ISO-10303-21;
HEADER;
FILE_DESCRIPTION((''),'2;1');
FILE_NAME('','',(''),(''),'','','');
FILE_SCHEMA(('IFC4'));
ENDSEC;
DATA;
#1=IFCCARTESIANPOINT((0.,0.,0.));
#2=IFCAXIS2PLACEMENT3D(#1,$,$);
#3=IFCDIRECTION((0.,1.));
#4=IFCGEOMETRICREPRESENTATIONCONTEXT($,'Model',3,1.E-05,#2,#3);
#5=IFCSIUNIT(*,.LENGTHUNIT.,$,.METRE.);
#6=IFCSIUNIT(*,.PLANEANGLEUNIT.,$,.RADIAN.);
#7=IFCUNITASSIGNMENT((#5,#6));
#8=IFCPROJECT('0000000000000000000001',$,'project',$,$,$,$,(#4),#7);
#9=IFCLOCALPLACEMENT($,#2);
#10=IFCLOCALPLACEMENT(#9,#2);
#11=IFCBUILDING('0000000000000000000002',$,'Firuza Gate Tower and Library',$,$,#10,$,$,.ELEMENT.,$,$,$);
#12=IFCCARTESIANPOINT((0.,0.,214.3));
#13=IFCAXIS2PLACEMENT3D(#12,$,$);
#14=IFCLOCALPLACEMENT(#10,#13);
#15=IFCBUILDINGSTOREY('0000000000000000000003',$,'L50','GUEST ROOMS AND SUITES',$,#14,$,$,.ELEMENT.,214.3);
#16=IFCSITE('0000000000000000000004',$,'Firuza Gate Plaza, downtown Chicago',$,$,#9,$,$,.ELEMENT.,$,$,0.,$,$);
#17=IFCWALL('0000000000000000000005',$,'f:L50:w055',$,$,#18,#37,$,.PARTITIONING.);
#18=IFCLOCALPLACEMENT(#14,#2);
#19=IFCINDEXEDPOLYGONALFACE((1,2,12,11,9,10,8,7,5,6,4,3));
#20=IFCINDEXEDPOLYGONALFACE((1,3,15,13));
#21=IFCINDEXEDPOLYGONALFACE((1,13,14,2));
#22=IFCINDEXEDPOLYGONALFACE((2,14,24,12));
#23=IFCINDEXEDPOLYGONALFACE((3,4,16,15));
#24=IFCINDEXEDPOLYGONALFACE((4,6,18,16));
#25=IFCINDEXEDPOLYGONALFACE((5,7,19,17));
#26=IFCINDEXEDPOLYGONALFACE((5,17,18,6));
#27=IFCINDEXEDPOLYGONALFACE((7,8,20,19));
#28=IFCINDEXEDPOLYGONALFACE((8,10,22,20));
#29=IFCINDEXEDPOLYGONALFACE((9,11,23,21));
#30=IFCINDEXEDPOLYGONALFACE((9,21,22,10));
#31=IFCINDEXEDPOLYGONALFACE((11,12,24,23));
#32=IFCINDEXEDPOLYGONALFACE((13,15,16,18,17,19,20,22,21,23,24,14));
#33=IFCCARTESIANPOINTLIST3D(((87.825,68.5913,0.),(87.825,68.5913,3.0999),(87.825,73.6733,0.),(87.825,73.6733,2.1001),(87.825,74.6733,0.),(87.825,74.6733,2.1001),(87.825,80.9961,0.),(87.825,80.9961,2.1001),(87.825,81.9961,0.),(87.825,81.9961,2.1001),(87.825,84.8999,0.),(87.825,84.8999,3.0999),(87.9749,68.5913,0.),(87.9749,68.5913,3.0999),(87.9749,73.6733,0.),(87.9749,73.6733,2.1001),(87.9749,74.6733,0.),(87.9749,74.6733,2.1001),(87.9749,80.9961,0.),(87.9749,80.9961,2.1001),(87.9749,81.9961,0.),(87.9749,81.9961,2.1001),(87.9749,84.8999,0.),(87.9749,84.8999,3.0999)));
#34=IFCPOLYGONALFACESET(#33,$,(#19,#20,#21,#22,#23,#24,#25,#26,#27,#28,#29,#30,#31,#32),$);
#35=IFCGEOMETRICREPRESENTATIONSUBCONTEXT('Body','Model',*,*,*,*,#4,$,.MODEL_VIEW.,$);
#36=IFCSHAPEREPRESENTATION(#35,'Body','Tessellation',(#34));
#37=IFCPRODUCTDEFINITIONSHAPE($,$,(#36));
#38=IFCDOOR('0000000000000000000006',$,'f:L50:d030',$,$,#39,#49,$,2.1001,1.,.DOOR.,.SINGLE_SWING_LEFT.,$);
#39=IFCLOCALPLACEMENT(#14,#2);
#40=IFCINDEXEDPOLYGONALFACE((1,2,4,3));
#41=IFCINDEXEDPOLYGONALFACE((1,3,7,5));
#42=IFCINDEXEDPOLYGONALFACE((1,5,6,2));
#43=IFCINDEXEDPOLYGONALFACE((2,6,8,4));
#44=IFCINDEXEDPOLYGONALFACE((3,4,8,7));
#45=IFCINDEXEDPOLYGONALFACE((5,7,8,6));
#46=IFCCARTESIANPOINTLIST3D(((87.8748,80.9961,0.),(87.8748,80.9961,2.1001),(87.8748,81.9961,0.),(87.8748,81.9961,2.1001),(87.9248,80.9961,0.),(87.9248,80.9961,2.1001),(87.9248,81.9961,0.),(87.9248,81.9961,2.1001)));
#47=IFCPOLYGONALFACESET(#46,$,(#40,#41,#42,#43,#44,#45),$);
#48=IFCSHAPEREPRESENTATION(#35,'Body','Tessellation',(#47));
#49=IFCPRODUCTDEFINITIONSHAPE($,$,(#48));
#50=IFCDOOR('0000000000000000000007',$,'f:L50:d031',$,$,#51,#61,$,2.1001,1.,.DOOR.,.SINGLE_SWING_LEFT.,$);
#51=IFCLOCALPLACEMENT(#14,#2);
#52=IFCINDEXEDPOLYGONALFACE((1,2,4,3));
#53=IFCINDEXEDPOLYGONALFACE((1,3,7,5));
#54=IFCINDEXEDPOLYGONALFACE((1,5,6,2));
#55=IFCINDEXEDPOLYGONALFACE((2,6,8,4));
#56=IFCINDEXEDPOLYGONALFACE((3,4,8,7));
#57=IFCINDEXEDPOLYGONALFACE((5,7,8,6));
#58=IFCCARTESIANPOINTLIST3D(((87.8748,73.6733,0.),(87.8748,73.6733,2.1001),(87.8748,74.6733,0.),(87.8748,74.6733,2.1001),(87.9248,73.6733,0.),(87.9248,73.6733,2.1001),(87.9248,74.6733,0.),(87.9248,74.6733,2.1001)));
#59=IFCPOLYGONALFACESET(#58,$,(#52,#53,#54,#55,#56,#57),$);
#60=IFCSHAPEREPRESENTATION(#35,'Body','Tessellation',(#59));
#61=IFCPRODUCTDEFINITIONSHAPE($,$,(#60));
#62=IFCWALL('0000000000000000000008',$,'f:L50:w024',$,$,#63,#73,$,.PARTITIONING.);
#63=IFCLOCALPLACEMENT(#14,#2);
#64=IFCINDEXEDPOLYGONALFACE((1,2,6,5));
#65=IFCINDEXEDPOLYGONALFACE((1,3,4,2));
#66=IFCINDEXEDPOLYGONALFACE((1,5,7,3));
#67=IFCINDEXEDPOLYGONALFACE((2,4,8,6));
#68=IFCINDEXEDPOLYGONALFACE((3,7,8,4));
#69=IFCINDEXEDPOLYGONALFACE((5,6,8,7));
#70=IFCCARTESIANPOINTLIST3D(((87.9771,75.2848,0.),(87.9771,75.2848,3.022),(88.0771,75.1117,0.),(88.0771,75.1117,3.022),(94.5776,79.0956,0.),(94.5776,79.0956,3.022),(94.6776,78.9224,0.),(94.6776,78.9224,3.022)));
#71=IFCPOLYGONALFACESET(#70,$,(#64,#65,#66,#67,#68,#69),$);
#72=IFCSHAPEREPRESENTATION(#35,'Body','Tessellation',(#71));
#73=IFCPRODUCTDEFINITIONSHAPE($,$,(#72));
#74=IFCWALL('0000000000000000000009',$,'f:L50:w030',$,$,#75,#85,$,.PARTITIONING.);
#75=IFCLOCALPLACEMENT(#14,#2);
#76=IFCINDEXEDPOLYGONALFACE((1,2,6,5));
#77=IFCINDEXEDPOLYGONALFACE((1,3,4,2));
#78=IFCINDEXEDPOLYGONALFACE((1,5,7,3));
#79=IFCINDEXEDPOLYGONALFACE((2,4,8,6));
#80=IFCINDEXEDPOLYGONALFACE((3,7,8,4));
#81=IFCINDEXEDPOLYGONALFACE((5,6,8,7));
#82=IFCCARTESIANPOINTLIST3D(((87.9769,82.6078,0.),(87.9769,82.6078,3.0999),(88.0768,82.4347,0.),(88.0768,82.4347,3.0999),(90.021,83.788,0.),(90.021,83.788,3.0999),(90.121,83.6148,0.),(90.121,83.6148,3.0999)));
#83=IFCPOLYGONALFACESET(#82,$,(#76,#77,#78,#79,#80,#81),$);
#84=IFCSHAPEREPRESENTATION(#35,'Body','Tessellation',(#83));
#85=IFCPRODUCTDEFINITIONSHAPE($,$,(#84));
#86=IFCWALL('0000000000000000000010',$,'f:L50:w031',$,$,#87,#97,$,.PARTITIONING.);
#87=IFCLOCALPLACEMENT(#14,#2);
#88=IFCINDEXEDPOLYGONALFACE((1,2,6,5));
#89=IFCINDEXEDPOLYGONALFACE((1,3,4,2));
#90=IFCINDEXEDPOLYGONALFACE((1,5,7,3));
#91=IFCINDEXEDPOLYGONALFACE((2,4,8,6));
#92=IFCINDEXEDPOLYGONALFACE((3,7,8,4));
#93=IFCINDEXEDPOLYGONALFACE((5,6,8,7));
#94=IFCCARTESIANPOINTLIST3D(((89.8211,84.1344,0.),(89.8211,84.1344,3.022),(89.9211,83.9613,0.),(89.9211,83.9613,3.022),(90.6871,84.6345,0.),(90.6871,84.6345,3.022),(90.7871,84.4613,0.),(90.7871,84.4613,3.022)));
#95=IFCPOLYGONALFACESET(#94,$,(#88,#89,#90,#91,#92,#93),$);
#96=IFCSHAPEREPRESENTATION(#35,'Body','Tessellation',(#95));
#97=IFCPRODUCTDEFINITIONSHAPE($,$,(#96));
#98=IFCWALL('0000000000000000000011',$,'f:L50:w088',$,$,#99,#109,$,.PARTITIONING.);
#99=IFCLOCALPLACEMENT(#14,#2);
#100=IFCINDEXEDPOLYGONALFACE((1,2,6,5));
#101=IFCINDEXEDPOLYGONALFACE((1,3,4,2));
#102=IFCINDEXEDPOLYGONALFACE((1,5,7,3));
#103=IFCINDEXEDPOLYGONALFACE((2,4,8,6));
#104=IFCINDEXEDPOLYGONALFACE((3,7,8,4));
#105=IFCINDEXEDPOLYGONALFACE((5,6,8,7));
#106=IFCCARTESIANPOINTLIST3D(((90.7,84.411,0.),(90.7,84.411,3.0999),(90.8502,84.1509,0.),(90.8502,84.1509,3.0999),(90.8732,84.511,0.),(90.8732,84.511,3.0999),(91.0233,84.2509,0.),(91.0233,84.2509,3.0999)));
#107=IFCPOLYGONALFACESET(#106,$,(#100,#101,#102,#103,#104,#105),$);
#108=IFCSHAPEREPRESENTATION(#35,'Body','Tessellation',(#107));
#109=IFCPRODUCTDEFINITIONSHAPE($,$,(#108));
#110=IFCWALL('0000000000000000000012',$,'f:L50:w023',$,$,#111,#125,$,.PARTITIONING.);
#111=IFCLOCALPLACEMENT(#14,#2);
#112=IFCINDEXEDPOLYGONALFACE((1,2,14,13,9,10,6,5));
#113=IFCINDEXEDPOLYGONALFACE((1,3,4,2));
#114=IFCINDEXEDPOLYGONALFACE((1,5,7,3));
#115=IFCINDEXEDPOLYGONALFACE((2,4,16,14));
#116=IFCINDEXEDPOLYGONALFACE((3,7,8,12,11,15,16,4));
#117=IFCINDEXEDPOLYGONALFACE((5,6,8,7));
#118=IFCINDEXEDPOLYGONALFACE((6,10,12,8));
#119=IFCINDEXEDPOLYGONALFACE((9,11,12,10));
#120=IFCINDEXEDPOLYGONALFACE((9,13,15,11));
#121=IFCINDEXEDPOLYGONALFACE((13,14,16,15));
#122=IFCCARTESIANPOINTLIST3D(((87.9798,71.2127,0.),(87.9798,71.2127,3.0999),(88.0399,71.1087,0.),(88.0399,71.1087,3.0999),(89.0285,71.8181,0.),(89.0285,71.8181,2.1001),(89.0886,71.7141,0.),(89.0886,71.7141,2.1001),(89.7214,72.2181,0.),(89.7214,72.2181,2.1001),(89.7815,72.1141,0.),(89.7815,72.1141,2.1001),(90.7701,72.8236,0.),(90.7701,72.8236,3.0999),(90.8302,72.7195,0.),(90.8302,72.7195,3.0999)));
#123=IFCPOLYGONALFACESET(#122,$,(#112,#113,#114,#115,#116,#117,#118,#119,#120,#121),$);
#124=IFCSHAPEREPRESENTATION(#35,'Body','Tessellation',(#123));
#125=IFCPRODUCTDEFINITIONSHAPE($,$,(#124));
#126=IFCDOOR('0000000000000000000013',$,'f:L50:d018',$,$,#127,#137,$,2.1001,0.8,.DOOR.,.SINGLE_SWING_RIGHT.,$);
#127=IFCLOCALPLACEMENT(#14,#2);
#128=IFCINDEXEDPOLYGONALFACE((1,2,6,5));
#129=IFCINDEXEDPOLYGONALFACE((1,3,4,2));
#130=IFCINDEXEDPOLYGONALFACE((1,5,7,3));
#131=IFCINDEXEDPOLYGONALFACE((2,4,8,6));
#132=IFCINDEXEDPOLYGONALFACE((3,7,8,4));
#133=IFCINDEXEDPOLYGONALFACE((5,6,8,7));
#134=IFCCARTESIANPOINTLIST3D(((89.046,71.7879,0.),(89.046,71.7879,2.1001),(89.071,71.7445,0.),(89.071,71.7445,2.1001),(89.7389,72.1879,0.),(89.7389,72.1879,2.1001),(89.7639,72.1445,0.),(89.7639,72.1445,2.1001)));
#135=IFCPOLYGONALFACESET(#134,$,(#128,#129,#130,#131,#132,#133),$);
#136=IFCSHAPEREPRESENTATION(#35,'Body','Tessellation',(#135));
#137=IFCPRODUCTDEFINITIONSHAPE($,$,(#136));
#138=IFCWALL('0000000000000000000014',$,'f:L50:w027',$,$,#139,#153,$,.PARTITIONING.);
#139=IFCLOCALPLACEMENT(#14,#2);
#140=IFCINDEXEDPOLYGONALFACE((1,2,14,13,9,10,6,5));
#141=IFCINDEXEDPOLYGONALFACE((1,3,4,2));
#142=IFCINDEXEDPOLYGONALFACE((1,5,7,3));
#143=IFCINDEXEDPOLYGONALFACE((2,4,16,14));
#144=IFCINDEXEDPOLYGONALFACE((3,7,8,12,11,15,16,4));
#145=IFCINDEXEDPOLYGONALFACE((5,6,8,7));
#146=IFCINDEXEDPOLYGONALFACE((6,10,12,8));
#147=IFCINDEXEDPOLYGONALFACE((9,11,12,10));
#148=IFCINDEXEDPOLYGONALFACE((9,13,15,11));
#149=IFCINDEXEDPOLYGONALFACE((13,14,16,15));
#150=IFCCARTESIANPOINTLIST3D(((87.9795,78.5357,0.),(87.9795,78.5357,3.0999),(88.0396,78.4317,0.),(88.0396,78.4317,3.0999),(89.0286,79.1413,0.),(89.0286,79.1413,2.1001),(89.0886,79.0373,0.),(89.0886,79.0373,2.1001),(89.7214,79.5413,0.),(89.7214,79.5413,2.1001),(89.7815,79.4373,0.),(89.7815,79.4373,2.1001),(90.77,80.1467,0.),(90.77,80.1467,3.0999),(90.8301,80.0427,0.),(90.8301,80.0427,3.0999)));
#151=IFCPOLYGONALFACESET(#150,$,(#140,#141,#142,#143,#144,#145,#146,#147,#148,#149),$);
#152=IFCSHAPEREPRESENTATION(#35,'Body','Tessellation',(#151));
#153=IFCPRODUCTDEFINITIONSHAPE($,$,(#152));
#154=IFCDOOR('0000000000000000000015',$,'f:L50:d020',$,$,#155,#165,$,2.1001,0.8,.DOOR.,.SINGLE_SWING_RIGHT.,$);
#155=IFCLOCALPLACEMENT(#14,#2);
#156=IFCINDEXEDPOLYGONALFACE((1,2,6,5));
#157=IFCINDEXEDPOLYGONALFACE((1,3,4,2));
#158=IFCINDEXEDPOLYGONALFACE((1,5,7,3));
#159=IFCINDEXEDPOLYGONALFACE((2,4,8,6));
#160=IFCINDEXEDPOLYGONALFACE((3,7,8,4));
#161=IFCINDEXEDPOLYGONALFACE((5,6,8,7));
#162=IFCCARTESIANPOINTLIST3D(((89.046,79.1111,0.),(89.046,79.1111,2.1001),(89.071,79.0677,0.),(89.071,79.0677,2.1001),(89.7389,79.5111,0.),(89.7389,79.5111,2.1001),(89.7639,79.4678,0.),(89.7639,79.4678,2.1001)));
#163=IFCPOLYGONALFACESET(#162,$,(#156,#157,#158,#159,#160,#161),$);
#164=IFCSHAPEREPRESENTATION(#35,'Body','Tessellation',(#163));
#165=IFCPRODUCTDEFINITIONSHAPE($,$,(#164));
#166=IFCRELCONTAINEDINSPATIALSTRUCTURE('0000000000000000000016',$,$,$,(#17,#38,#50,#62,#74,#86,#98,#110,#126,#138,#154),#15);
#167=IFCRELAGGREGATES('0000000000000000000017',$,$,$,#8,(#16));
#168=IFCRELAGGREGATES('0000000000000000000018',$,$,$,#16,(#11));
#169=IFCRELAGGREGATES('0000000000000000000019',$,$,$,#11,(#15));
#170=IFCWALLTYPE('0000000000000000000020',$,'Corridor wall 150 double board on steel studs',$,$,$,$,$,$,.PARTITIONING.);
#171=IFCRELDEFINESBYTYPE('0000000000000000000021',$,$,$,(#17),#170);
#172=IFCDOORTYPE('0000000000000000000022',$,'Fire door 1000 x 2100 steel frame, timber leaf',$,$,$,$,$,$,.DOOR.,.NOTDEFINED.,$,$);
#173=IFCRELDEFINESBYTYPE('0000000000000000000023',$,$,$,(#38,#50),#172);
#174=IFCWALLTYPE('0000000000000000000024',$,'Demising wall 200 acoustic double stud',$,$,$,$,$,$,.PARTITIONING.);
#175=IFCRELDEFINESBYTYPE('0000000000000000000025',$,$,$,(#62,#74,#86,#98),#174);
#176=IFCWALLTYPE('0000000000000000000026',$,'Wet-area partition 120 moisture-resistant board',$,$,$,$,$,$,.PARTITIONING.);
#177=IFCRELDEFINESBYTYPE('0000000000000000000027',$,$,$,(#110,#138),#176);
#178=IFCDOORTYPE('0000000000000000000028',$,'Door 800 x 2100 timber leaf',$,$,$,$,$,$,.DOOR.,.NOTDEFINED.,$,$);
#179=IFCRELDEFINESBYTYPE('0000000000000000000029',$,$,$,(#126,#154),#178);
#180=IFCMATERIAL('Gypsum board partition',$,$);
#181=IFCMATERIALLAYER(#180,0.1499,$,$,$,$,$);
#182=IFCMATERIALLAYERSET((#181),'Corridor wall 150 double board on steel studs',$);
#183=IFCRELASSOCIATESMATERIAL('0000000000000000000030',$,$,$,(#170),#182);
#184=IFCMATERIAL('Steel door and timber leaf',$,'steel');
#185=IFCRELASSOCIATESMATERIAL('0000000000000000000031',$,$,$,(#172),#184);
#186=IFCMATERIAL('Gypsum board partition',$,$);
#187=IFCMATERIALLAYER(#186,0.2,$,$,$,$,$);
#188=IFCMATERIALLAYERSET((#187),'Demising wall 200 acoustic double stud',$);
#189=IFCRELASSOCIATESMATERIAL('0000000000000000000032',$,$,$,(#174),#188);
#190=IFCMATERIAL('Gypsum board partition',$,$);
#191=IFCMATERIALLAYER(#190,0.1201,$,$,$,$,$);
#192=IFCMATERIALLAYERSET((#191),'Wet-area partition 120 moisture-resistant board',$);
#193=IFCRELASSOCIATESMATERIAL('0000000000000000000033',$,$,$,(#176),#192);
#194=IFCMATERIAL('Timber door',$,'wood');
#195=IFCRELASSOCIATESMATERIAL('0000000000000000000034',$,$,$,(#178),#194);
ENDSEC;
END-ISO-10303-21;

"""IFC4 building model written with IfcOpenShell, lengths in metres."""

from ifc_helpers import new_model, si_unit, direction, frame, frame_2d, origin, place, context, subcontext, project, spatial, rectangle, extrude, material, layer, layer_set, type_object, element, fill, save


model = new_model("IFC4")

# Units and contexts
model_context = context("Model", 3, precision=1e-05, world=origin(), true_north=direction((0.0, 1.0)))
body_context = subcontext(model_context, "Body", "Model", "MODEL_VIEW")
ifc_project = project(units=[si_unit("LENGTHUNIT", "METRE"), si_unit("PLANEANGLEUNIT", "RADIAN")], contexts=[model_context])

# Site, building, storey
site_placement = place(None, origin())
site = spatial("IfcSite", under=ifc_project, at=site_placement, Name="Firuza Gate Plaza, downtown Chicago", CompositionType="ELEMENT", RefElevation=0.0)
building_placement = place(site_placement, origin())
building = spatial("IfcBuilding", under=site, at=building_placement, Name="Firuza Gate Tower and Library", CompositionType="ELEMENT")
storey_placement = place(building_placement, frame((0.0, 0.0, 214.3)))
storey = spatial("IfcBuildingStorey", under=building, at=storey_placement, Name="L50", Description="GUEST ROOMS AND SUITES", CompositionType="ELEMENT", Elevation=214.3)

# Wall, openings, doors
ifc_material_1 = material(Name="Gypsum board partition")
ifc_layer_1 = layer(ifc_material_1, 0.1499)
ifc_layer_set_1 = layer_set([ifc_layer_1], Name="Corridor wall 150 double board on steel studs")
wall_type_1 = type_object("IfcWallType", Name="Corridor wall 150 double board on steel studs", PredefinedType="PARTITIONING", material=ifc_layer_set_1)
wall_1_placement = place(storey_placement, frame((87.8999, 84.8999, 0.0), z_axis=(0.0, 0.0, 1.0), x_axis=(0.0, -1.0, 0.0)))
wall_1 = element("IfcWall", 1, at=wall_1_placement, inside=storey, type_object=wall_type_1, Name="f:L50:w055", PredefinedType="PARTITIONING", context=body_context, shape_type="SweptSolid", body=[
    extrude(rectangle(XDim=16.3086, YDim=0.1499, at=frame_2d((8.1543, 0.0))), origin(), (0.0, 0.0, 1.0), 3.0999),
])
opening_1_placement = place(wall_1_placement, frame((2.9038, 0.0, 0.0)))
opening_1 = element("IfcOpeningElement", 2, at=opening_1_placement, cuts=wall_1, PredefinedType="OPENING", context=body_context, shape_type="SweptSolid", body=[
    extrude(rectangle(XDim=1.0, YDim=2.1001, at=frame_2d((0.5, 1.05))), frame((0.0, 0.085, 0.0), z_axis=(0.0, -1.0, 0.0), x_axis=(1.0, 0.0, 0.0)), (0.0, 0.0, 1.0), 0.1699),
])
opening_2_placement = place(wall_1_placement, frame((10.2266, 0.0, 0.0)))
opening_2 = element("IfcOpeningElement", 3, at=opening_2_placement, cuts=wall_1, PredefinedType="OPENING", context=body_context, shape_type="SweptSolid", body=[
    extrude(rectangle(XDim=1.0, YDim=2.1001, at=frame_2d((0.5, 1.05))), frame((0.0, 0.085, 0.0), z_axis=(0.0, -1.0, 0.0), x_axis=(1.0, 0.0, 0.0)), (0.0, 0.0, 1.0), 0.1699),
])
ifc_material_2 = material(Name="Steel door and timber leaf", Category="steel")
door_type_1 = type_object("IfcDoorType", Name="Fire door 1000 x 2100 steel frame, timber leaf", OperationType="NOTDEFINED", PredefinedType="DOOR", material=ifc_material_2)
door_1_placement = place(opening_1_placement, origin())
door_1 = element("IfcDoor", 4, at=door_1_placement, inside=storey, type_object=door_type_1, Name="f:L50:d030", OperationType="SINGLE_SWING_LEFT", OverallHeight=2.1001, OverallWidth=1.0, PredefinedType="DOOR", context=body_context, shape_type="SweptSolid", body=[
    extrude(rectangle(XDim=1.0, YDim=2.1001, at=frame_2d((0.5, 1.05))), frame((0.0, 0.0249, 0.0), z_axis=(0.0, -1.0, 0.0), x_axis=(1.0, 0.0, 0.0)), (0.0, 0.0, 1.0), 0.05),
])
fill(opening_1, door_1)
door_2_placement = place(opening_2_placement, origin())
door_2 = element("IfcDoor", 5, at=door_2_placement, inside=storey, type_object=door_type_1, Name="f:L50:d031", OperationType="SINGLE_SWING_LEFT", OverallHeight=2.1001, OverallWidth=1.0, PredefinedType="DOOR", context=body_context, shape_type="SweptSolid", body=[
    extrude(rectangle(XDim=1.0, YDim=2.1001, at=frame_2d((0.5, 1.05))), frame((0.0, 0.0249, 0.0), z_axis=(0.0, -1.0, 0.0), x_axis=(1.0, 0.0, 0.0)), (0.0, 0.0, 1.0), 0.05),
])
fill(opening_2, door_2)

# Walls
ifc_material_3 = material(Name="Gypsum board partition")
ifc_layer_2 = layer(ifc_material_3, 0.2)
ifc_layer_set_2 = layer_set([ifc_layer_2], Name="Demising wall 200 acoustic double stud")
wall_type_2 = type_object("IfcWallType", Name="Demising wall 200 acoustic double stud", PredefinedType="PARTITIONING", material=ifc_layer_set_2)
wall_2_placement = place(storey_placement, frame((88.0271, 75.1982, 0.0), z_axis=(0.0, 0.0, 1.0), x_axis=(0.866029, 0.499994, 0.0)))
element("IfcWall", 6, at=wall_2_placement, inside=storey, type_object=wall_type_2, Name="f:L50:w024", PredefinedType="PARTITIONING", context=body_context, shape_type="SweptSolid", body=[
    extrude(rectangle(XDim=7.6216, YDim=0.2, at=frame_2d((3.8108, 0.0))), origin(), (0.0, 0.0, 1.0), 3.022),
])
wall_3_placement = place(storey_placement, frame((88.0269, 82.5212, 0.0), z_axis=(0.0, 0.0, 1.0), x_axis=(0.866032, 0.499988, 0.0)))
element("IfcWall", 7, at=wall_3_placement, inside=storey, type_object=wall_type_2, Name="f:L50:w030", PredefinedType="PARTITIONING", context=body_context, shape_type="SweptSolid", body=[
    extrude(rectangle(XDim=2.3604, YDim=0.2, at=frame_2d((1.1802, 0.0))), origin(), (0.0, 0.0, 1.0), 3.0999),
])
wall_4_placement = place(storey_placement, frame((89.8711, 84.0479, 0.0), z_axis=(0.0, 0.0, 1.0), x_axis=(0.866011, 0.500025, 0.0)))
element("IfcWall", 8, at=wall_4_placement, inside=storey, type_object=wall_type_2, Name="f:L50:w031", PredefinedType="PARTITIONING", context=body_context, shape_type="SweptSolid", body=[
    extrude(rectangle(XDim=1.0, YDim=0.2, at=frame_2d((0.5, 0.0))), origin(), (0.0, 0.0, 1.0), 3.022),
])
wall_5_placement = place(storey_placement, frame((90.9368, 84.2009, 0.0), z_axis=(0.0, 0.0, 1.0), x_axis=(-0.500074, 0.865982, 0.0)))
element("IfcWall", 9, at=wall_5_placement, inside=storey, type_object=wall_type_2, Name="f:L50:w088", PredefinedType="PARTITIONING", context=body_context, shape_type="SweptSolid", body=[
    extrude(rectangle(XDim=0.3003, YDim=0.2, at=frame_2d((0.1501, 0.0))), origin(), (0.0, 0.0, 1.0), 3.0999),
])

# Walls, openings, doors
ifc_material_4 = material(Name="Gypsum board partition")
ifc_layer_3 = layer(ifc_material_4, 0.1201)
ifc_layer_set_3 = layer_set([ifc_layer_3], Name="Wet-area partition 120 moisture-resistant board")
wall_type_3 = type_object("IfcWallType", Name="Wet-area partition 120 moisture-resistant board", PredefinedType="PARTITIONING", material=ifc_layer_set_3)
wall_6_placement = place(storey_placement, frame((90.8, 72.7715, 0.0), z_axis=(0.0, 0.0, 1.0), x_axis=(-0.866043, -0.49997, 0.0)))
wall_6 = element("IfcWall", 10, at=wall_6_placement, inside=storey, type_object=wall_type_3, Name="f:L50:w023", PredefinedType="PARTITIONING", context=body_context, shape_type="SweptSolid", body=[
    extrude(rectangle(XDim=3.2219, YDim=0.1201, at=frame_2d((1.6108, 0.0))), origin(), (0.0, 0.0, 1.0), 3.0999),
])
opening_3_placement = place(wall_6_placement, frame((1.2109, 0.0, 0.0)))
opening_3 = element("IfcOpeningElement", 11, at=opening_3_placement, cuts=wall_6, PredefinedType="OPENING", context=body_context, shape_type="SweptSolid", body=[
    extrude(rectangle(XDim=0.8, YDim=2.1001, at=frame_2d((0.3999, 1.05))), frame((0.0, 0.0701, 0.0), z_axis=(0.0, -1.0, 0.0), x_axis=(1.0, 0.0, 0.0)), (0.0, 0.0, 1.0), 0.1401),
])
ifc_material_5 = material(Name="Timber door", Category="wood")
door_type_2 = type_object("IfcDoorType", Name="Door 800 x 2100 timber leaf", OperationType="NOTDEFINED", PredefinedType="DOOR", material=ifc_material_5)
door_3_placement = place(opening_3_placement, origin())
door_3 = element("IfcDoor", 12, at=door_3_placement, inside=storey, type_object=door_type_2, Name="f:L50:d018", OperationType="SINGLE_SWING_RIGHT", OverallHeight=2.1001, OverallWidth=0.8, PredefinedType="DOOR", context=body_context, shape_type="SweptSolid", body=[
    extrude(rectangle(XDim=0.8, YDim=2.1001, at=frame_2d((0.3999, 1.05))), frame((0.0, 0.0249, 0.0), z_axis=(0.0, -1.0, 0.0), x_axis=(1.0, 0.0, 0.0)), (0.0, 0.0, 1.0), 0.05),
])
fill(opening_3, door_3)
wall_7_placement = place(storey_placement, frame((90.8, 80.0947, 0.0), z_axis=(0.0, 0.0, 1.0), x_axis=(-0.866029, -0.499994, 0.0)))
wall_7 = element("IfcWall", 13, at=wall_7_placement, inside=storey, type_object=wall_type_3, Name="f:L50:w027", PredefinedType="PARTITIONING", context=body_context, shape_type="SweptSolid", body=[
    extrude(rectangle(XDim=3.2222, YDim=0.1201, at=frame_2d((1.6111, 0.0))), origin(), (0.0, 0.0, 1.0), 3.0999),
])
opening_4_placement = place(wall_7_placement, frame((1.2109, 0.0, 0.0)))
opening_4 = element("IfcOpeningElement", 14, at=opening_4_placement, cuts=wall_7, PredefinedType="OPENING", context=body_context, shape_type="SweptSolid", body=[
    extrude(rectangle(XDim=0.8, YDim=2.1001, at=frame_2d((0.3999, 1.05))), frame((0.0, 0.0701, 0.0), z_axis=(0.0, -1.0, 0.0), x_axis=(1.0, 0.0, 0.0)), (0.0, 0.0, 1.0), 0.1401),
])
door_4_placement = place(opening_4_placement, origin())
door_4 = element("IfcDoor", 15, at=door_4_placement, inside=storey, type_object=door_type_2, Name="f:L50:d020", OperationType="SINGLE_SWING_RIGHT", OverallHeight=2.1001, OverallWidth=0.8, PredefinedType="DOOR", context=body_context, shape_type="SweptSolid", body=[
    extrude(rectangle(XDim=0.8, YDim=2.1001, at=frame_2d((0.3999, 1.05))), frame((0.0, 0.0249, 0.0), z_axis=(0.0, -1.0, 0.0), x_axis=(1.0, 0.0, 0.0)), (0.0, 0.0, 1.0), 0.05),
])
fill(opening_4, door_4)

save(model, "model.ifc")
